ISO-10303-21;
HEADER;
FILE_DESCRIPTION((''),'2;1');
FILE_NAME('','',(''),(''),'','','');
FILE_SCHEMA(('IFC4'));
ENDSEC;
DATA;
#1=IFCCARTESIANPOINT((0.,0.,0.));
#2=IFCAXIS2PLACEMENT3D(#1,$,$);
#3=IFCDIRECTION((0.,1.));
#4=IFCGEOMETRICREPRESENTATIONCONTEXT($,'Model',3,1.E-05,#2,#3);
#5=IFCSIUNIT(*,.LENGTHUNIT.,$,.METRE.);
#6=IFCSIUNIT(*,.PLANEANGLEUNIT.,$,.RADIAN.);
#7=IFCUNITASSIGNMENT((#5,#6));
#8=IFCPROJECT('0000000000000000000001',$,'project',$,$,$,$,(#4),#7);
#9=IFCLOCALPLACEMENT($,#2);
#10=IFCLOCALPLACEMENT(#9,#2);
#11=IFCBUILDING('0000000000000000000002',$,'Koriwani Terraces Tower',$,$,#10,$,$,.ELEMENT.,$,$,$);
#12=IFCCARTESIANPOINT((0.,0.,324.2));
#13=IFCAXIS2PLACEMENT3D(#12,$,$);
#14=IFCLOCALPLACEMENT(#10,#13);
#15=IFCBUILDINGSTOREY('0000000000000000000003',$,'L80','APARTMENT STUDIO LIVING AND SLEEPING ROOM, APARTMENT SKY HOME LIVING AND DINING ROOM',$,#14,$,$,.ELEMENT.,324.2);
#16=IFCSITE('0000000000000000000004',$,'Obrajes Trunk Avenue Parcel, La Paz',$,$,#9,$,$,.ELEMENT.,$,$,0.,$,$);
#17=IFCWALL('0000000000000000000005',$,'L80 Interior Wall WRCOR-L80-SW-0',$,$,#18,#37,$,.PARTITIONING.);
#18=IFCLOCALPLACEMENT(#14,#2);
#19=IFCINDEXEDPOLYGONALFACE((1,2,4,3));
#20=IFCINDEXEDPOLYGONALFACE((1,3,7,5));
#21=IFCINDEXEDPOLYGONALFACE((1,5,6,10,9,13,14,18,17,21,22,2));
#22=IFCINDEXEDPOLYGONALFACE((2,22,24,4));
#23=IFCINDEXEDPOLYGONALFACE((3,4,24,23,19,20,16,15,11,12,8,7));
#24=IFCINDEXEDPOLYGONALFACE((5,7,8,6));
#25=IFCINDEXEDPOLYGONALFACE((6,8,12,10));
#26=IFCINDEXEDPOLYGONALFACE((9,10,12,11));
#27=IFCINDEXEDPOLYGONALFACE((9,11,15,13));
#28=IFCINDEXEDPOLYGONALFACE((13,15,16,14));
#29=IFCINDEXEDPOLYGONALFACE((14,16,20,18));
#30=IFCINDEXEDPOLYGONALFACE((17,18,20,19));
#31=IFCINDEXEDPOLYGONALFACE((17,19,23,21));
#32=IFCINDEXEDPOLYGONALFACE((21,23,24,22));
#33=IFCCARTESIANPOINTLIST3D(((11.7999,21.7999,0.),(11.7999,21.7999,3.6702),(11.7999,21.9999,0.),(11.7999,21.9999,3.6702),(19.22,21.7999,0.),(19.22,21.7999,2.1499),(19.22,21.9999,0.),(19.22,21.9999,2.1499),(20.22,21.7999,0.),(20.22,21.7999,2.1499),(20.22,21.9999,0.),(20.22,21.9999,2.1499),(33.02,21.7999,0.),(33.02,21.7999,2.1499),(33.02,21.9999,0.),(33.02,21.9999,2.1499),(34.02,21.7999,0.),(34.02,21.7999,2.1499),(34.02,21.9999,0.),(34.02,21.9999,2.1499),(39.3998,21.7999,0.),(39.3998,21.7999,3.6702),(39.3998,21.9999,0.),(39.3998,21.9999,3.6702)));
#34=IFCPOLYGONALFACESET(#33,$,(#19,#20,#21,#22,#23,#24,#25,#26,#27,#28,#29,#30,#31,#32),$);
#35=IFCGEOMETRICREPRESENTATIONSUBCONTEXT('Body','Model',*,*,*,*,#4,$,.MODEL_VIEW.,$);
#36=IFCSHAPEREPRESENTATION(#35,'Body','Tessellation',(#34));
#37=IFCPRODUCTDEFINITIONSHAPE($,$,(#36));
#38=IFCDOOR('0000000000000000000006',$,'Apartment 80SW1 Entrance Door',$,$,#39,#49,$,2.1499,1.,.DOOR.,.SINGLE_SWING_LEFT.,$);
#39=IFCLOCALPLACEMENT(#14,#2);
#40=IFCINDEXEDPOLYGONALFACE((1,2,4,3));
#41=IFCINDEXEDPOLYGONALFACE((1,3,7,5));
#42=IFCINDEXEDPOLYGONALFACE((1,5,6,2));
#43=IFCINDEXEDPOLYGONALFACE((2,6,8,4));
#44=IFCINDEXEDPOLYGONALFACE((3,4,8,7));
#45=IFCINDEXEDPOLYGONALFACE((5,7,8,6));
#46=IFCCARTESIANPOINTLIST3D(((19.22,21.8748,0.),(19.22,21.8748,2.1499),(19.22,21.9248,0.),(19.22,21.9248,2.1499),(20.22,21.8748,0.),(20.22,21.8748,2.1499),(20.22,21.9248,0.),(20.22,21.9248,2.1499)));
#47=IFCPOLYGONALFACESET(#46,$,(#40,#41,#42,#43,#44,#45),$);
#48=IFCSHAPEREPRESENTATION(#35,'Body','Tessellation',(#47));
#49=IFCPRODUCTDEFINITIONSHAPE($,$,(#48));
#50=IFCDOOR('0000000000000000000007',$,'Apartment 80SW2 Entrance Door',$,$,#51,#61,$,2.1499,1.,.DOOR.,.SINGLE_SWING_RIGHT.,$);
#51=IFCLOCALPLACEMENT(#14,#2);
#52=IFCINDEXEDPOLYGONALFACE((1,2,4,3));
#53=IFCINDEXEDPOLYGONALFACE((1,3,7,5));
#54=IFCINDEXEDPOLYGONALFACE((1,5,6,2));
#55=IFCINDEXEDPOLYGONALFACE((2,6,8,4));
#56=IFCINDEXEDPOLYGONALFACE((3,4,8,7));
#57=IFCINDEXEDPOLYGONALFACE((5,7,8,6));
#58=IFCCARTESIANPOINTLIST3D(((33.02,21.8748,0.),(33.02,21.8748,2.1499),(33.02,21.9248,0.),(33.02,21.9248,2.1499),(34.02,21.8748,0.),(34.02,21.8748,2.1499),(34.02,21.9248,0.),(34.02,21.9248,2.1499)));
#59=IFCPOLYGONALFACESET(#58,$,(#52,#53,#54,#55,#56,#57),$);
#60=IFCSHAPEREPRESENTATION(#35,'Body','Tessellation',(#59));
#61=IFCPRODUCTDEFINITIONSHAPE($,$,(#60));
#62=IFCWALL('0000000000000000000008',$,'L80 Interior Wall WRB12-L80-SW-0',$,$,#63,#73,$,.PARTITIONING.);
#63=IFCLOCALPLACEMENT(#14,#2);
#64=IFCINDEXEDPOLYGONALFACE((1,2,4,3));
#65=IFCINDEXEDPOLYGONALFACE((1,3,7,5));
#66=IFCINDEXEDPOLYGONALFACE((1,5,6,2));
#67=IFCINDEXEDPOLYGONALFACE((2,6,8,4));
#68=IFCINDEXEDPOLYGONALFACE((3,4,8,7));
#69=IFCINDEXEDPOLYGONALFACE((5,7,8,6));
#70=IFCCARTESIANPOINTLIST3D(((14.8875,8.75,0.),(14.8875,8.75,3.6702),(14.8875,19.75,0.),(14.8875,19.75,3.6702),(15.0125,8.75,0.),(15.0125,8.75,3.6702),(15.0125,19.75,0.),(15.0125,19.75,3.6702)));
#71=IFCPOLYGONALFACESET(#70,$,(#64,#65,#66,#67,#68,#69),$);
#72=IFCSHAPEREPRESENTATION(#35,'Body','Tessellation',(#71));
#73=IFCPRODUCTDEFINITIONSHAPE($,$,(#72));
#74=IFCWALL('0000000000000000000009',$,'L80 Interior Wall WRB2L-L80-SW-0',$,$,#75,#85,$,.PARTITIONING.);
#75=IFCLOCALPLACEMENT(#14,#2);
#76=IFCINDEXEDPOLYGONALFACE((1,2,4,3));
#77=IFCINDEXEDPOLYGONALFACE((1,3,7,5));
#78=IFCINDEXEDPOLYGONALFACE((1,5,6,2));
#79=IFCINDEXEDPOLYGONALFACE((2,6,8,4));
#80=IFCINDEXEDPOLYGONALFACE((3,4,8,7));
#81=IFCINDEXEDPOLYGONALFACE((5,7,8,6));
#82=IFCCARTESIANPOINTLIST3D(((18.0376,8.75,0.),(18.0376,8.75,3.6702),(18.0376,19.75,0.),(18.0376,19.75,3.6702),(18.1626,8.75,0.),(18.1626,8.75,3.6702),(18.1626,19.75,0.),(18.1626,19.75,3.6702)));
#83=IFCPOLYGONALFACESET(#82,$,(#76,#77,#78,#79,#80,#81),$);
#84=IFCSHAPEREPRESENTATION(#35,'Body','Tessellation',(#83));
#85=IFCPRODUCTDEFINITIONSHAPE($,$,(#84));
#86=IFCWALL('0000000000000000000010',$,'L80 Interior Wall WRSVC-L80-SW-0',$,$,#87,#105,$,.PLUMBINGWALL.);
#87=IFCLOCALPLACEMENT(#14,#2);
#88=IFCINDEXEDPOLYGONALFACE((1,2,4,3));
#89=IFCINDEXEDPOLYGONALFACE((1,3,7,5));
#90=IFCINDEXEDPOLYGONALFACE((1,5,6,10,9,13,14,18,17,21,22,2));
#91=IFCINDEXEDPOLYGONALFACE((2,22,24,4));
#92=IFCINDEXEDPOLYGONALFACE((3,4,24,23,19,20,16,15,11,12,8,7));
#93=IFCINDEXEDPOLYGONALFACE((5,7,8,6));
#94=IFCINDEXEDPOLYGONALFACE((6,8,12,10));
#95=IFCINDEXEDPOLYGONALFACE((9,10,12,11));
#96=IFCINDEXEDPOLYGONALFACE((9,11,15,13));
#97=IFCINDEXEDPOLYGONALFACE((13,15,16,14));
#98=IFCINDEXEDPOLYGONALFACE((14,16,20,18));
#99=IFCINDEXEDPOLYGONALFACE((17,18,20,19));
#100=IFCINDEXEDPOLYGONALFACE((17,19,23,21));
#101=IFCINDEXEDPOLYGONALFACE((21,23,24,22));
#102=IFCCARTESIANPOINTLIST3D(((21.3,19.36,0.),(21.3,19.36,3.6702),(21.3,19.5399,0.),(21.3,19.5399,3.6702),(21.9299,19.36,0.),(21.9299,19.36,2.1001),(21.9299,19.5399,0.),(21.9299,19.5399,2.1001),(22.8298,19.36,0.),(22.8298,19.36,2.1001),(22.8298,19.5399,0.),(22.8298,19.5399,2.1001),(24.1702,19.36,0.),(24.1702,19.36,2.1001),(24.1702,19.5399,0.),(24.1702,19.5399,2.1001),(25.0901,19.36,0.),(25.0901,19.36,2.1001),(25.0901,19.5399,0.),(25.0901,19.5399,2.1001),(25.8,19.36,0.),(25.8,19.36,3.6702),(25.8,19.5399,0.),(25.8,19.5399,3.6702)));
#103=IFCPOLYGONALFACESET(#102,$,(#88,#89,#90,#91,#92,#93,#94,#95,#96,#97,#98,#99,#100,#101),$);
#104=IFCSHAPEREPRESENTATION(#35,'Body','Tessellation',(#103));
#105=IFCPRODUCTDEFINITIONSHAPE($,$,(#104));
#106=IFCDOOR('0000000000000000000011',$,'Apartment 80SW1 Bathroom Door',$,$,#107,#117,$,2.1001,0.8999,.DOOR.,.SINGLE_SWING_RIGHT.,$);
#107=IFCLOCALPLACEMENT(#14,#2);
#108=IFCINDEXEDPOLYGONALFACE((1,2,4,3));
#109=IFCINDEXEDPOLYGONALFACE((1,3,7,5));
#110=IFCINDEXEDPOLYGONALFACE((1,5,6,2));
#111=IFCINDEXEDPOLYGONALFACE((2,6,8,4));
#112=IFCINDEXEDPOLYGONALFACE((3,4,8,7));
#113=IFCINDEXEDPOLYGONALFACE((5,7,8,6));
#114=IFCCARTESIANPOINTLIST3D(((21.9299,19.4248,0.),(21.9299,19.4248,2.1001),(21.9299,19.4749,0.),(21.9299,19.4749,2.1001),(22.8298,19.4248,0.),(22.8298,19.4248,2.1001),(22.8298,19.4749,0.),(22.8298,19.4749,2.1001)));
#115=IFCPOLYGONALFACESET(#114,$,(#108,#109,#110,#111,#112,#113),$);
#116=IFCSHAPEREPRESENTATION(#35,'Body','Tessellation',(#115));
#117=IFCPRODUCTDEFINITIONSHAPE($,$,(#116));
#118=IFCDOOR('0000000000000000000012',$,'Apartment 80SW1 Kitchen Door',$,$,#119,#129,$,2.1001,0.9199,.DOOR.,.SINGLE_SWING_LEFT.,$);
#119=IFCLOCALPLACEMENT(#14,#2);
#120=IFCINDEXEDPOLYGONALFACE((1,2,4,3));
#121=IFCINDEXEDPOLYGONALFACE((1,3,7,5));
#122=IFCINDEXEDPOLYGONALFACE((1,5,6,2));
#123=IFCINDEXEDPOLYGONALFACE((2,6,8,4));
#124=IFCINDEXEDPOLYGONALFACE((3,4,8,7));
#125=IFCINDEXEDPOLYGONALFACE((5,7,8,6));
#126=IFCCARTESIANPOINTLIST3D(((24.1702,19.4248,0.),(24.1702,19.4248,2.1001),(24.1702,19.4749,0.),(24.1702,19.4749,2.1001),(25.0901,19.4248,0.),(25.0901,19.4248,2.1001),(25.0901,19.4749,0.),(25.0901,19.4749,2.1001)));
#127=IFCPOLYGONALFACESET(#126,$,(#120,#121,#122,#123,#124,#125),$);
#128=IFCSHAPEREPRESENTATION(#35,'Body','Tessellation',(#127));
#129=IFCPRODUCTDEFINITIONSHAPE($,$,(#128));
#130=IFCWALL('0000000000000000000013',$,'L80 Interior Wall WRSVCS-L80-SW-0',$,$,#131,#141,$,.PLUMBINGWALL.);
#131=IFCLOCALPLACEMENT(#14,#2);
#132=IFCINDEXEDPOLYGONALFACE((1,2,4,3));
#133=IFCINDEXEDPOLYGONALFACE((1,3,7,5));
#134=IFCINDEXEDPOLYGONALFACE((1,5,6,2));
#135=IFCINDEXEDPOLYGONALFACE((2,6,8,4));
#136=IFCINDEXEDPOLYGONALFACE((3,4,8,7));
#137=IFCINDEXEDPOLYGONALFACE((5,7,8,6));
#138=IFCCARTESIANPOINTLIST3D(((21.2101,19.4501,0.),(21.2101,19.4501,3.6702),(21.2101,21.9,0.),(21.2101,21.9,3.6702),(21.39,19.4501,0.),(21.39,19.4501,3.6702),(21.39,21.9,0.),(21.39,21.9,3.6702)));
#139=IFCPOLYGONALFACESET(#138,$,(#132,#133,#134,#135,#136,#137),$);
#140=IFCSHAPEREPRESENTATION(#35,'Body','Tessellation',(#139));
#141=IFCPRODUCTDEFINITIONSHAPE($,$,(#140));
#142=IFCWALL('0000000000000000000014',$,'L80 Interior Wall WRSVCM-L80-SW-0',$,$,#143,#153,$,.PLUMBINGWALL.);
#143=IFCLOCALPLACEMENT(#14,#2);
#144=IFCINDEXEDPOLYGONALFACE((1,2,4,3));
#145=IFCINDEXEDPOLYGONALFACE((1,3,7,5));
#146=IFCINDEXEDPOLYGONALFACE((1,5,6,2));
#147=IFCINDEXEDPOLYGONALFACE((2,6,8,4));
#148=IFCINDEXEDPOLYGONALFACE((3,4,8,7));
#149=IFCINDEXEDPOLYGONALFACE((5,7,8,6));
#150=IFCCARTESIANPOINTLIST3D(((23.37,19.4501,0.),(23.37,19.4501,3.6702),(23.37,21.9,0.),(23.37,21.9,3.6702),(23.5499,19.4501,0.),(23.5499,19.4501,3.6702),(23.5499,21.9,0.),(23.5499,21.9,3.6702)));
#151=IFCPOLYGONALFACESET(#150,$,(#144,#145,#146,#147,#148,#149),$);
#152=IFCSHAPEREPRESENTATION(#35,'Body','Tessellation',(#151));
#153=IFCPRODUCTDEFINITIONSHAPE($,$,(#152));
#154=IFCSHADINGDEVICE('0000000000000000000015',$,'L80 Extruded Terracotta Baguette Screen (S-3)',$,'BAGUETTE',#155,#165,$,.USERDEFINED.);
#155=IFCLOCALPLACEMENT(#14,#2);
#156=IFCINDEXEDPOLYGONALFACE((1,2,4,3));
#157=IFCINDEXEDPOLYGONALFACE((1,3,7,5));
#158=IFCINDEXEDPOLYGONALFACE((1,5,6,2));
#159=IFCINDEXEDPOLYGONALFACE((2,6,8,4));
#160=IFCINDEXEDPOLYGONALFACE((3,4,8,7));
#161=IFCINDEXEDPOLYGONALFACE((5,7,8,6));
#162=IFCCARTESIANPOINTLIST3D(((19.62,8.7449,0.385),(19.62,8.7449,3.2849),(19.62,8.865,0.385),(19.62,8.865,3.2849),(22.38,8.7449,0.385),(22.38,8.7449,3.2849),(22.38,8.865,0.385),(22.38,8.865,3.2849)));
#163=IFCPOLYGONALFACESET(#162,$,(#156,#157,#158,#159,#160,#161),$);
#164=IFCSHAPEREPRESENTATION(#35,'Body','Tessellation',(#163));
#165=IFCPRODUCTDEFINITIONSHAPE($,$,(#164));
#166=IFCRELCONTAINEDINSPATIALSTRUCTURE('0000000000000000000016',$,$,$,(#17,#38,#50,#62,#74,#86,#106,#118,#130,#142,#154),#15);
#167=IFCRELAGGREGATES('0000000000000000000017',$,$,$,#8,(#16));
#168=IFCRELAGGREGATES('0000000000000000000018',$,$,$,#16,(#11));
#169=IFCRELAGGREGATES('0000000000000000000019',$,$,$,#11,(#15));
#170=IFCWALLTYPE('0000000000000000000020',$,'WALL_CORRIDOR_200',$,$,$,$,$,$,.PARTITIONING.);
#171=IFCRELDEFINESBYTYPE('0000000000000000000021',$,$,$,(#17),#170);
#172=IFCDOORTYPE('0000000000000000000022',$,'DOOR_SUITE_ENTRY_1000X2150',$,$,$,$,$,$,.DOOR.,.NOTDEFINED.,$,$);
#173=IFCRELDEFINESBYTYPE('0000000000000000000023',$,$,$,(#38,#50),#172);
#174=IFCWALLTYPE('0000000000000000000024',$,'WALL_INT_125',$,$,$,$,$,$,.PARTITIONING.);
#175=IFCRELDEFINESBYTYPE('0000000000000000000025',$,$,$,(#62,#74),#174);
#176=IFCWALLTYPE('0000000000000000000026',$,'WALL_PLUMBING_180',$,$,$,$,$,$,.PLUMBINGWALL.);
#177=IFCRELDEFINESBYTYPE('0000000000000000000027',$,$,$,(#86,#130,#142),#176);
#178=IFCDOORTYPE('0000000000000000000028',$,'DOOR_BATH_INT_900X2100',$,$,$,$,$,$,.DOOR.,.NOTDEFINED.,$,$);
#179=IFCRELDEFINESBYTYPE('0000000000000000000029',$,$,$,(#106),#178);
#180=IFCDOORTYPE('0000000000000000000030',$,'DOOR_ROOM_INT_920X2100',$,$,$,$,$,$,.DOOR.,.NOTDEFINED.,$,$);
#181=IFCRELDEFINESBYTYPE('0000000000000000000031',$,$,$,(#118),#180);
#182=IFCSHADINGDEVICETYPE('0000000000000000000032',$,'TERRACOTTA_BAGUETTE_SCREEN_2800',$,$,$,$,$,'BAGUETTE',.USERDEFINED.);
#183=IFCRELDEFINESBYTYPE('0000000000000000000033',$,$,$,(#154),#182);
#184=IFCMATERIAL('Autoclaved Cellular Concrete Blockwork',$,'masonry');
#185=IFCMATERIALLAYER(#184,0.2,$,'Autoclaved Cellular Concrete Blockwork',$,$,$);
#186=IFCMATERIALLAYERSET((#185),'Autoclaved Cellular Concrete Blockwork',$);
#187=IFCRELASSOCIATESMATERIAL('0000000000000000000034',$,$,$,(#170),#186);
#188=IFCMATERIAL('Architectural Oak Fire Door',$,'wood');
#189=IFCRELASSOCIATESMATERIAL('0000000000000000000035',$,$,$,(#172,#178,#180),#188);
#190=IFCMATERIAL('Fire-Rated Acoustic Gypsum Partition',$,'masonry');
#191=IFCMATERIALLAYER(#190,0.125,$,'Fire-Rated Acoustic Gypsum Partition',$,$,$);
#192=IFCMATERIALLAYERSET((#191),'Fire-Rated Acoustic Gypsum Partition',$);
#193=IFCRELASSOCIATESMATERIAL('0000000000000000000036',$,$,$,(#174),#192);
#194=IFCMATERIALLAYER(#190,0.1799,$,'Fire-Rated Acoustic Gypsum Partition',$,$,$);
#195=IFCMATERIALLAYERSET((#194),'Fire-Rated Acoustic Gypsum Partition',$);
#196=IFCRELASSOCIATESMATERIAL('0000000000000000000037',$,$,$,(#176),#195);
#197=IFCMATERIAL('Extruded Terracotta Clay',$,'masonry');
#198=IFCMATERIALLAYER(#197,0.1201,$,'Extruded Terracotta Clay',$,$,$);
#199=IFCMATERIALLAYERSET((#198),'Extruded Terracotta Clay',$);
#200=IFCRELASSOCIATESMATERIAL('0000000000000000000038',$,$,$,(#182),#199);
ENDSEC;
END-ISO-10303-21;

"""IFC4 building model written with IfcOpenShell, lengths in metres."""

from ifc_helpers import new_model, si_unit, direction, frame, frame_2d, origin, origin_2d, place, context, subcontext, project, spatial, rectangle, extrude, material, layer, layer_set, type_object, element, fill, save


model = new_model("IFC4")

# Units and contexts
model_context = context("Model", 3, precision=1e-05, world=origin(), true_north=direction((0.0, 1.0)))
body_context = subcontext(model_context, "Body", "Model", "MODEL_VIEW")
ifc_project = project(units=[si_unit("LENGTHUNIT", "METRE"), si_unit("PLANEANGLEUNIT", "RADIAN")], contexts=[model_context])

# Site, building, storey
site_placement = place(None, origin())
site = spatial("IfcSite", under=ifc_project, at=site_placement, Name="Obrajes Trunk Avenue Parcel, La Paz", CompositionType="ELEMENT", RefElevation=0.0)
building_placement = place(site_placement, origin())
building = spatial("IfcBuilding", under=site, at=building_placement, Name="Koriwani Terraces Tower", CompositionType="ELEMENT")
storey_placement = place(building_placement, frame((0.0, 0.0, 324.2)))
storey = spatial("IfcBuildingStorey", under=building, at=storey_placement, Name="L80", Description="APARTMENT STUDIO LIVING AND SLEEPING ROOM, APARTMENT SKY HOME LIVING AND DINING ROOM", CompositionType="ELEMENT", Elevation=324.2)

# Wall, openings, doors
ifc_material_1 = material(Name="Autoclaved Cellular Concrete Blockwork", Category="masonry")
ifc_layer_1 = layer(ifc_material_1, 0.2, Name="Autoclaved Cellular Concrete Blockwork")
ifc_layer_set_1 = layer_set([ifc_layer_1], Name="Autoclaved Cellular Concrete Blockwork")
wall_type_1 = type_object("IfcWallType", Name="WALL_CORRIDOR_200", PredefinedType="PARTITIONING", material=ifc_layer_set_1)
wall_1_placement = place(storey_placement, frame((11.8, 21.8999, 0.0), z_axis=(0.0, 0.0, 1.0), x_axis=(1.0, 0.0, 0.0)))
wall_1 = element("IfcWall", 1, at=wall_1_placement, inside=storey, type_object=wall_type_1, Name="L80 Interior Wall WRCOR-L80-SW-0", PredefinedType="PARTITIONING", context=body_context, shape_type="SweptSolid", body=[
    extrude(rectangle(XDim=27.5999, YDim=0.2, at=frame_2d((13.7998, 0.0))), origin(), (0.0, 0.0, 1.0), 3.6702),
])
opening_1_placement = place(wall_1_placement, frame((7.4199, 0.0, 0.0)))
opening_1 = element("IfcOpeningElement", 2, at=opening_1_placement, cuts=wall_1, PredefinedType="OPENING", context=body_context, shape_type="SweptSolid", body=[
    extrude(rectangle(XDim=1.0, YDim=2.1499, at=frame_2d((0.5, 1.075))), frame((0.0, 0.1099, 0.0), z_axis=(0.0, -1.0, 0.0), x_axis=(1.0, 0.0, 0.0)), (0.0, 0.0, 1.0), 0.22),
])
opening_2_placement = place(wall_1_placement, frame((21.22, 0.0, 0.0)))
opening_2 = element("IfcOpeningElement", 3, at=opening_2_placement, cuts=wall_1, PredefinedType="OPENING", context=body_context, shape_type="SweptSolid", body=[
    extrude(rectangle(XDim=1.0, YDim=2.1499, at=frame_2d((0.5, 1.075))), frame((0.0, 0.1099, 0.0), z_axis=(0.0, -1.0, 0.0), x_axis=(1.0, 0.0, 0.0)), (0.0, 0.0, 1.0), 0.22),
])
ifc_material_2 = material(Name="Architectural Oak Fire Door", Category="wood")
door_type_1 = type_object("IfcDoorType", Name="DOOR_SUITE_ENTRY_1000X2150", OperationType="NOTDEFINED", PredefinedType="DOOR", material=ifc_material_2)
door_1_placement = place(opening_1_placement, origin())
door_1 = element("IfcDoor", 4, at=door_1_placement, inside=storey, type_object=door_type_1, Name="Apartment 80SW1 Entrance Door", OperationType="SINGLE_SWING_LEFT", OverallHeight=2.1499, OverallWidth=1.0, PredefinedType="DOOR", context=body_context, shape_type="SweptSolid", body=[
    extrude(rectangle(XDim=1.0, YDim=2.1499, at=frame_2d((0.5, 1.075))), frame((0.0, 0.0249, 0.0), z_axis=(0.0, -1.0, 0.0), x_axis=(1.0, 0.0, 0.0)), (0.0, 0.0, 1.0), 0.05),
])
fill(opening_1, door_1)
door_2_placement = place(opening_2_placement, origin())
door_2 = element("IfcDoor", 5, at=door_2_placement, inside=storey, type_object=door_type_1, Name="Apartment 80SW2 Entrance Door", OperationType="SINGLE_SWING_RIGHT", OverallHeight=2.1499, OverallWidth=1.0, PredefinedType="DOOR", context=body_context, shape_type="SweptSolid", body=[
    extrude(rectangle(XDim=1.0, YDim=2.1499, at=frame_2d((0.5, 1.075))), frame((0.0, 0.0249, 0.0), z_axis=(0.0, -1.0, 0.0), x_axis=(1.0, 0.0, 0.0)), (0.0, 0.0, 1.0), 0.05),
])
fill(opening_2, door_2)

# Walls
ifc_material_3 = material(Name="Fire-Rated Acoustic Gypsum Partition", Category="masonry")
ifc_layer_2 = layer(ifc_material_3, 0.125, Name="Fire-Rated Acoustic Gypsum Partition")
ifc_layer_set_2 = layer_set([ifc_layer_2], Name="Fire-Rated Acoustic Gypsum Partition")
wall_type_2 = type_object("IfcWallType", Name="WALL_INT_125", PredefinedType="PARTITIONING", material=ifc_layer_set_2)
for number, where, z_axis, x_axis, name in (
    (6, (14.95, 8.75, 0.0), (0.0, 0.0, 1.0), (0.0, 1.0, 0.0), "L80 Interior Wall WRB12-L80-SW-0"),
    (7, (18.1001, 8.75, 0.0), (0.0, 0.0, 1.0), (0.0, 1.0, 0.0), "L80 Interior Wall WRB2L-L80-SW-0"),
):
    element("IfcWall", number, at=place(storey_placement, frame(where, z_axis=z_axis, x_axis=x_axis)), inside=storey, type_object=wall_type_2, Name=name, PredefinedType="PARTITIONING", context=body_context, shape_type="SweptSolid", body=[
        extrude(rectangle(XDim=11.0, YDim=0.125, at=frame_2d((5.5, 0.0))), origin(), (0.0, 0.0, 1.0), 3.6702),
    ])

# Wall, openings, doors
ifc_layer_3 = layer(ifc_material_3, 0.1799, Name="Fire-Rated Acoustic Gypsum Partition")
ifc_layer_set_3 = layer_set([ifc_layer_3], Name="Fire-Rated Acoustic Gypsum Partition")
wall_type_3 = type_object("IfcWallType", Name="WALL_PLUMBING_180", PredefinedType="PLUMBINGWALL", material=ifc_layer_set_3)
wall_2_placement = place(storey_placement, frame((21.3, 19.45, 0.0), z_axis=(0.0, 0.0, 1.0), x_axis=(1.0, 0.0, 0.0)))
wall_2 = element("IfcWall", 8, at=wall_2_placement, inside=storey, type_object=wall_type_3, Name="L80 Interior Wall WRSVC-L80-SW-0", PredefinedType="PLUMBINGWALL", context=body_context, shape_type="SweptSolid", body=[
    extrude(rectangle(XDim=4.5, YDim=0.1799, at=frame_2d((2.25, 0.0))), origin(), (0.0, 0.0, 1.0), 3.6702),
])
opening_3_placement = place(wall_2_placement, frame((0.6299, 0.0, 0.0)))
opening_3 = element("IfcOpeningElement", 9, at=opening_3_placement, cuts=wall_2, PredefinedType="OPENING", context=body_context, shape_type="SweptSolid", body=[
    extrude(rectangle(XDim=0.8999, YDim=2.1001, at=frame_2d((0.45, 1.05))), frame((0.0, 0.1001, 0.0), z_axis=(0.0, -1.0, 0.0), x_axis=(1.0, 0.0, 0.0)), (0.0, 0.0, 1.0), 0.2),
])
opening_4_placement = place(wall_2_placement, frame((2.8701, 0.0, 0.0)))
opening_4 = element("IfcOpeningElement", 10, at=opening_4_placement, cuts=wall_2, PredefinedType="OPENING", context=body_context, shape_type="SweptSolid", body=[
    extrude(rectangle(XDim=0.9199, YDim=2.1001, at=frame_2d((0.46, 1.05))), frame((0.0, 0.1001, 0.0), z_axis=(0.0, -1.0, 0.0), x_axis=(1.0, 0.0, 0.0)), (0.0, 0.0, 1.0), 0.2),
])
door_type_2 = type_object("IfcDoorType", Name="DOOR_BATH_INT_900X2100", OperationType="NOTDEFINED", PredefinedType="DOOR", material=ifc_material_2)
door_3_placement = place(opening_3_placement, origin())
door_3 = element("IfcDoor", 11, at=door_3_placement, inside=storey, type_object=door_type_2, Name="Apartment 80SW1 Bathroom Door", OperationType="SINGLE_SWING_RIGHT", OverallHeight=2.1001, OverallWidth=0.8999, PredefinedType="DOOR", context=body_context, shape_type="SweptSolid", body=[
    extrude(rectangle(XDim=0.8999, YDim=2.1001, at=frame_2d((0.45, 1.05))), frame((0.0, 0.0249, 0.0), z_axis=(0.0, -1.0, 0.0), x_axis=(1.0, 0.0, 0.0)), (0.0, 0.0, 1.0), 0.05),
])
fill(opening_3, door_3)
door_type_3 = type_object("IfcDoorType", Name="DOOR_ROOM_INT_920X2100", OperationType="NOTDEFINED", PredefinedType="DOOR", material=ifc_material_2)
door_4_placement = place(opening_4_placement, origin())
door_4 = element("IfcDoor", 12, at=door_4_placement, inside=storey, type_object=door_type_3, Name="Apartment 80SW1 Kitchen Door", OperationType="SINGLE_SWING_LEFT", OverallHeight=2.1001, OverallWidth=0.9199, PredefinedType="DOOR", context=body_context, shape_type="SweptSolid", body=[
    extrude(rectangle(XDim=0.9199, YDim=2.1001, at=frame_2d((0.46, 1.05))), frame((0.0, 0.0249, 0.0), z_axis=(0.0, -1.0, 0.0), x_axis=(1.0, 0.0, 0.0)), (0.0, 0.0, 1.0), 0.05),
])
fill(opening_4, door_4)

# Walls
for number, where, z_axis, x_axis, name in (
    (13, (21.3, 19.45, 0.0), (0.0, 0.0, 1.0), (0.0, 1.0, 0.0), "L80 Interior Wall WRSVCS-L80-SW-0"),
    (14, (23.46, 19.45, 0.0), (0.0, 0.0, 1.0), (0.0, 1.0, 0.0), "L80 Interior Wall WRSVCM-L80-SW-0"),
):
    element("IfcWall", number, at=place(storey_placement, frame(where, z_axis=z_axis, x_axis=x_axis)), inside=storey, type_object=wall_type_3, Name=name, PredefinedType="PLUMBINGWALL", context=body_context, shape_type="SweptSolid", body=[
        extrude(rectangle(XDim=2.45, YDim=0.1799, at=frame_2d((1.2251, 0.0))), origin(), (0.0, 0.0, 1.0), 3.6702),
    ])

# Shading device
ifc_material_4 = material(Name="Extruded Terracotta Clay", Category="masonry")
ifc_layer_4 = layer(ifc_material_4, 0.1201, Name="Extruded Terracotta Clay")
ifc_layer_set_4 = layer_set([ifc_layer_4], Name="Extruded Terracotta Clay")
shading_device_type = type_object("IfcShadingDeviceType", Name="TERRACOTTA_BAGUETTE_SCREEN_2800", ElementType="BAGUETTE", PredefinedType="USERDEFINED", material=ifc_layer_set_4)
shading_device_placement = place(storey_placement, frame((21.0, 8.8049, 0.385), z_axis=(0.0, 0.0, 1.0), x_axis=(-1.0, 0.0, 0.0)))
element("IfcShadingDevice", 15, at=shading_device_placement, inside=storey, type_object=shading_device_type, Name="L80 Extruded Terracotta Baguette Screen (S-3)", ObjectType="BAGUETTE", PredefinedType="USERDEFINED", context=body_context, shape_type="SweptSolid", body=[
    extrude(rectangle(XDim=2.76, YDim=0.1201, at=origin_2d()), origin(), (0.0, 0.0, 1.0), 2.8999),
])

save(model, "model.ifc")
